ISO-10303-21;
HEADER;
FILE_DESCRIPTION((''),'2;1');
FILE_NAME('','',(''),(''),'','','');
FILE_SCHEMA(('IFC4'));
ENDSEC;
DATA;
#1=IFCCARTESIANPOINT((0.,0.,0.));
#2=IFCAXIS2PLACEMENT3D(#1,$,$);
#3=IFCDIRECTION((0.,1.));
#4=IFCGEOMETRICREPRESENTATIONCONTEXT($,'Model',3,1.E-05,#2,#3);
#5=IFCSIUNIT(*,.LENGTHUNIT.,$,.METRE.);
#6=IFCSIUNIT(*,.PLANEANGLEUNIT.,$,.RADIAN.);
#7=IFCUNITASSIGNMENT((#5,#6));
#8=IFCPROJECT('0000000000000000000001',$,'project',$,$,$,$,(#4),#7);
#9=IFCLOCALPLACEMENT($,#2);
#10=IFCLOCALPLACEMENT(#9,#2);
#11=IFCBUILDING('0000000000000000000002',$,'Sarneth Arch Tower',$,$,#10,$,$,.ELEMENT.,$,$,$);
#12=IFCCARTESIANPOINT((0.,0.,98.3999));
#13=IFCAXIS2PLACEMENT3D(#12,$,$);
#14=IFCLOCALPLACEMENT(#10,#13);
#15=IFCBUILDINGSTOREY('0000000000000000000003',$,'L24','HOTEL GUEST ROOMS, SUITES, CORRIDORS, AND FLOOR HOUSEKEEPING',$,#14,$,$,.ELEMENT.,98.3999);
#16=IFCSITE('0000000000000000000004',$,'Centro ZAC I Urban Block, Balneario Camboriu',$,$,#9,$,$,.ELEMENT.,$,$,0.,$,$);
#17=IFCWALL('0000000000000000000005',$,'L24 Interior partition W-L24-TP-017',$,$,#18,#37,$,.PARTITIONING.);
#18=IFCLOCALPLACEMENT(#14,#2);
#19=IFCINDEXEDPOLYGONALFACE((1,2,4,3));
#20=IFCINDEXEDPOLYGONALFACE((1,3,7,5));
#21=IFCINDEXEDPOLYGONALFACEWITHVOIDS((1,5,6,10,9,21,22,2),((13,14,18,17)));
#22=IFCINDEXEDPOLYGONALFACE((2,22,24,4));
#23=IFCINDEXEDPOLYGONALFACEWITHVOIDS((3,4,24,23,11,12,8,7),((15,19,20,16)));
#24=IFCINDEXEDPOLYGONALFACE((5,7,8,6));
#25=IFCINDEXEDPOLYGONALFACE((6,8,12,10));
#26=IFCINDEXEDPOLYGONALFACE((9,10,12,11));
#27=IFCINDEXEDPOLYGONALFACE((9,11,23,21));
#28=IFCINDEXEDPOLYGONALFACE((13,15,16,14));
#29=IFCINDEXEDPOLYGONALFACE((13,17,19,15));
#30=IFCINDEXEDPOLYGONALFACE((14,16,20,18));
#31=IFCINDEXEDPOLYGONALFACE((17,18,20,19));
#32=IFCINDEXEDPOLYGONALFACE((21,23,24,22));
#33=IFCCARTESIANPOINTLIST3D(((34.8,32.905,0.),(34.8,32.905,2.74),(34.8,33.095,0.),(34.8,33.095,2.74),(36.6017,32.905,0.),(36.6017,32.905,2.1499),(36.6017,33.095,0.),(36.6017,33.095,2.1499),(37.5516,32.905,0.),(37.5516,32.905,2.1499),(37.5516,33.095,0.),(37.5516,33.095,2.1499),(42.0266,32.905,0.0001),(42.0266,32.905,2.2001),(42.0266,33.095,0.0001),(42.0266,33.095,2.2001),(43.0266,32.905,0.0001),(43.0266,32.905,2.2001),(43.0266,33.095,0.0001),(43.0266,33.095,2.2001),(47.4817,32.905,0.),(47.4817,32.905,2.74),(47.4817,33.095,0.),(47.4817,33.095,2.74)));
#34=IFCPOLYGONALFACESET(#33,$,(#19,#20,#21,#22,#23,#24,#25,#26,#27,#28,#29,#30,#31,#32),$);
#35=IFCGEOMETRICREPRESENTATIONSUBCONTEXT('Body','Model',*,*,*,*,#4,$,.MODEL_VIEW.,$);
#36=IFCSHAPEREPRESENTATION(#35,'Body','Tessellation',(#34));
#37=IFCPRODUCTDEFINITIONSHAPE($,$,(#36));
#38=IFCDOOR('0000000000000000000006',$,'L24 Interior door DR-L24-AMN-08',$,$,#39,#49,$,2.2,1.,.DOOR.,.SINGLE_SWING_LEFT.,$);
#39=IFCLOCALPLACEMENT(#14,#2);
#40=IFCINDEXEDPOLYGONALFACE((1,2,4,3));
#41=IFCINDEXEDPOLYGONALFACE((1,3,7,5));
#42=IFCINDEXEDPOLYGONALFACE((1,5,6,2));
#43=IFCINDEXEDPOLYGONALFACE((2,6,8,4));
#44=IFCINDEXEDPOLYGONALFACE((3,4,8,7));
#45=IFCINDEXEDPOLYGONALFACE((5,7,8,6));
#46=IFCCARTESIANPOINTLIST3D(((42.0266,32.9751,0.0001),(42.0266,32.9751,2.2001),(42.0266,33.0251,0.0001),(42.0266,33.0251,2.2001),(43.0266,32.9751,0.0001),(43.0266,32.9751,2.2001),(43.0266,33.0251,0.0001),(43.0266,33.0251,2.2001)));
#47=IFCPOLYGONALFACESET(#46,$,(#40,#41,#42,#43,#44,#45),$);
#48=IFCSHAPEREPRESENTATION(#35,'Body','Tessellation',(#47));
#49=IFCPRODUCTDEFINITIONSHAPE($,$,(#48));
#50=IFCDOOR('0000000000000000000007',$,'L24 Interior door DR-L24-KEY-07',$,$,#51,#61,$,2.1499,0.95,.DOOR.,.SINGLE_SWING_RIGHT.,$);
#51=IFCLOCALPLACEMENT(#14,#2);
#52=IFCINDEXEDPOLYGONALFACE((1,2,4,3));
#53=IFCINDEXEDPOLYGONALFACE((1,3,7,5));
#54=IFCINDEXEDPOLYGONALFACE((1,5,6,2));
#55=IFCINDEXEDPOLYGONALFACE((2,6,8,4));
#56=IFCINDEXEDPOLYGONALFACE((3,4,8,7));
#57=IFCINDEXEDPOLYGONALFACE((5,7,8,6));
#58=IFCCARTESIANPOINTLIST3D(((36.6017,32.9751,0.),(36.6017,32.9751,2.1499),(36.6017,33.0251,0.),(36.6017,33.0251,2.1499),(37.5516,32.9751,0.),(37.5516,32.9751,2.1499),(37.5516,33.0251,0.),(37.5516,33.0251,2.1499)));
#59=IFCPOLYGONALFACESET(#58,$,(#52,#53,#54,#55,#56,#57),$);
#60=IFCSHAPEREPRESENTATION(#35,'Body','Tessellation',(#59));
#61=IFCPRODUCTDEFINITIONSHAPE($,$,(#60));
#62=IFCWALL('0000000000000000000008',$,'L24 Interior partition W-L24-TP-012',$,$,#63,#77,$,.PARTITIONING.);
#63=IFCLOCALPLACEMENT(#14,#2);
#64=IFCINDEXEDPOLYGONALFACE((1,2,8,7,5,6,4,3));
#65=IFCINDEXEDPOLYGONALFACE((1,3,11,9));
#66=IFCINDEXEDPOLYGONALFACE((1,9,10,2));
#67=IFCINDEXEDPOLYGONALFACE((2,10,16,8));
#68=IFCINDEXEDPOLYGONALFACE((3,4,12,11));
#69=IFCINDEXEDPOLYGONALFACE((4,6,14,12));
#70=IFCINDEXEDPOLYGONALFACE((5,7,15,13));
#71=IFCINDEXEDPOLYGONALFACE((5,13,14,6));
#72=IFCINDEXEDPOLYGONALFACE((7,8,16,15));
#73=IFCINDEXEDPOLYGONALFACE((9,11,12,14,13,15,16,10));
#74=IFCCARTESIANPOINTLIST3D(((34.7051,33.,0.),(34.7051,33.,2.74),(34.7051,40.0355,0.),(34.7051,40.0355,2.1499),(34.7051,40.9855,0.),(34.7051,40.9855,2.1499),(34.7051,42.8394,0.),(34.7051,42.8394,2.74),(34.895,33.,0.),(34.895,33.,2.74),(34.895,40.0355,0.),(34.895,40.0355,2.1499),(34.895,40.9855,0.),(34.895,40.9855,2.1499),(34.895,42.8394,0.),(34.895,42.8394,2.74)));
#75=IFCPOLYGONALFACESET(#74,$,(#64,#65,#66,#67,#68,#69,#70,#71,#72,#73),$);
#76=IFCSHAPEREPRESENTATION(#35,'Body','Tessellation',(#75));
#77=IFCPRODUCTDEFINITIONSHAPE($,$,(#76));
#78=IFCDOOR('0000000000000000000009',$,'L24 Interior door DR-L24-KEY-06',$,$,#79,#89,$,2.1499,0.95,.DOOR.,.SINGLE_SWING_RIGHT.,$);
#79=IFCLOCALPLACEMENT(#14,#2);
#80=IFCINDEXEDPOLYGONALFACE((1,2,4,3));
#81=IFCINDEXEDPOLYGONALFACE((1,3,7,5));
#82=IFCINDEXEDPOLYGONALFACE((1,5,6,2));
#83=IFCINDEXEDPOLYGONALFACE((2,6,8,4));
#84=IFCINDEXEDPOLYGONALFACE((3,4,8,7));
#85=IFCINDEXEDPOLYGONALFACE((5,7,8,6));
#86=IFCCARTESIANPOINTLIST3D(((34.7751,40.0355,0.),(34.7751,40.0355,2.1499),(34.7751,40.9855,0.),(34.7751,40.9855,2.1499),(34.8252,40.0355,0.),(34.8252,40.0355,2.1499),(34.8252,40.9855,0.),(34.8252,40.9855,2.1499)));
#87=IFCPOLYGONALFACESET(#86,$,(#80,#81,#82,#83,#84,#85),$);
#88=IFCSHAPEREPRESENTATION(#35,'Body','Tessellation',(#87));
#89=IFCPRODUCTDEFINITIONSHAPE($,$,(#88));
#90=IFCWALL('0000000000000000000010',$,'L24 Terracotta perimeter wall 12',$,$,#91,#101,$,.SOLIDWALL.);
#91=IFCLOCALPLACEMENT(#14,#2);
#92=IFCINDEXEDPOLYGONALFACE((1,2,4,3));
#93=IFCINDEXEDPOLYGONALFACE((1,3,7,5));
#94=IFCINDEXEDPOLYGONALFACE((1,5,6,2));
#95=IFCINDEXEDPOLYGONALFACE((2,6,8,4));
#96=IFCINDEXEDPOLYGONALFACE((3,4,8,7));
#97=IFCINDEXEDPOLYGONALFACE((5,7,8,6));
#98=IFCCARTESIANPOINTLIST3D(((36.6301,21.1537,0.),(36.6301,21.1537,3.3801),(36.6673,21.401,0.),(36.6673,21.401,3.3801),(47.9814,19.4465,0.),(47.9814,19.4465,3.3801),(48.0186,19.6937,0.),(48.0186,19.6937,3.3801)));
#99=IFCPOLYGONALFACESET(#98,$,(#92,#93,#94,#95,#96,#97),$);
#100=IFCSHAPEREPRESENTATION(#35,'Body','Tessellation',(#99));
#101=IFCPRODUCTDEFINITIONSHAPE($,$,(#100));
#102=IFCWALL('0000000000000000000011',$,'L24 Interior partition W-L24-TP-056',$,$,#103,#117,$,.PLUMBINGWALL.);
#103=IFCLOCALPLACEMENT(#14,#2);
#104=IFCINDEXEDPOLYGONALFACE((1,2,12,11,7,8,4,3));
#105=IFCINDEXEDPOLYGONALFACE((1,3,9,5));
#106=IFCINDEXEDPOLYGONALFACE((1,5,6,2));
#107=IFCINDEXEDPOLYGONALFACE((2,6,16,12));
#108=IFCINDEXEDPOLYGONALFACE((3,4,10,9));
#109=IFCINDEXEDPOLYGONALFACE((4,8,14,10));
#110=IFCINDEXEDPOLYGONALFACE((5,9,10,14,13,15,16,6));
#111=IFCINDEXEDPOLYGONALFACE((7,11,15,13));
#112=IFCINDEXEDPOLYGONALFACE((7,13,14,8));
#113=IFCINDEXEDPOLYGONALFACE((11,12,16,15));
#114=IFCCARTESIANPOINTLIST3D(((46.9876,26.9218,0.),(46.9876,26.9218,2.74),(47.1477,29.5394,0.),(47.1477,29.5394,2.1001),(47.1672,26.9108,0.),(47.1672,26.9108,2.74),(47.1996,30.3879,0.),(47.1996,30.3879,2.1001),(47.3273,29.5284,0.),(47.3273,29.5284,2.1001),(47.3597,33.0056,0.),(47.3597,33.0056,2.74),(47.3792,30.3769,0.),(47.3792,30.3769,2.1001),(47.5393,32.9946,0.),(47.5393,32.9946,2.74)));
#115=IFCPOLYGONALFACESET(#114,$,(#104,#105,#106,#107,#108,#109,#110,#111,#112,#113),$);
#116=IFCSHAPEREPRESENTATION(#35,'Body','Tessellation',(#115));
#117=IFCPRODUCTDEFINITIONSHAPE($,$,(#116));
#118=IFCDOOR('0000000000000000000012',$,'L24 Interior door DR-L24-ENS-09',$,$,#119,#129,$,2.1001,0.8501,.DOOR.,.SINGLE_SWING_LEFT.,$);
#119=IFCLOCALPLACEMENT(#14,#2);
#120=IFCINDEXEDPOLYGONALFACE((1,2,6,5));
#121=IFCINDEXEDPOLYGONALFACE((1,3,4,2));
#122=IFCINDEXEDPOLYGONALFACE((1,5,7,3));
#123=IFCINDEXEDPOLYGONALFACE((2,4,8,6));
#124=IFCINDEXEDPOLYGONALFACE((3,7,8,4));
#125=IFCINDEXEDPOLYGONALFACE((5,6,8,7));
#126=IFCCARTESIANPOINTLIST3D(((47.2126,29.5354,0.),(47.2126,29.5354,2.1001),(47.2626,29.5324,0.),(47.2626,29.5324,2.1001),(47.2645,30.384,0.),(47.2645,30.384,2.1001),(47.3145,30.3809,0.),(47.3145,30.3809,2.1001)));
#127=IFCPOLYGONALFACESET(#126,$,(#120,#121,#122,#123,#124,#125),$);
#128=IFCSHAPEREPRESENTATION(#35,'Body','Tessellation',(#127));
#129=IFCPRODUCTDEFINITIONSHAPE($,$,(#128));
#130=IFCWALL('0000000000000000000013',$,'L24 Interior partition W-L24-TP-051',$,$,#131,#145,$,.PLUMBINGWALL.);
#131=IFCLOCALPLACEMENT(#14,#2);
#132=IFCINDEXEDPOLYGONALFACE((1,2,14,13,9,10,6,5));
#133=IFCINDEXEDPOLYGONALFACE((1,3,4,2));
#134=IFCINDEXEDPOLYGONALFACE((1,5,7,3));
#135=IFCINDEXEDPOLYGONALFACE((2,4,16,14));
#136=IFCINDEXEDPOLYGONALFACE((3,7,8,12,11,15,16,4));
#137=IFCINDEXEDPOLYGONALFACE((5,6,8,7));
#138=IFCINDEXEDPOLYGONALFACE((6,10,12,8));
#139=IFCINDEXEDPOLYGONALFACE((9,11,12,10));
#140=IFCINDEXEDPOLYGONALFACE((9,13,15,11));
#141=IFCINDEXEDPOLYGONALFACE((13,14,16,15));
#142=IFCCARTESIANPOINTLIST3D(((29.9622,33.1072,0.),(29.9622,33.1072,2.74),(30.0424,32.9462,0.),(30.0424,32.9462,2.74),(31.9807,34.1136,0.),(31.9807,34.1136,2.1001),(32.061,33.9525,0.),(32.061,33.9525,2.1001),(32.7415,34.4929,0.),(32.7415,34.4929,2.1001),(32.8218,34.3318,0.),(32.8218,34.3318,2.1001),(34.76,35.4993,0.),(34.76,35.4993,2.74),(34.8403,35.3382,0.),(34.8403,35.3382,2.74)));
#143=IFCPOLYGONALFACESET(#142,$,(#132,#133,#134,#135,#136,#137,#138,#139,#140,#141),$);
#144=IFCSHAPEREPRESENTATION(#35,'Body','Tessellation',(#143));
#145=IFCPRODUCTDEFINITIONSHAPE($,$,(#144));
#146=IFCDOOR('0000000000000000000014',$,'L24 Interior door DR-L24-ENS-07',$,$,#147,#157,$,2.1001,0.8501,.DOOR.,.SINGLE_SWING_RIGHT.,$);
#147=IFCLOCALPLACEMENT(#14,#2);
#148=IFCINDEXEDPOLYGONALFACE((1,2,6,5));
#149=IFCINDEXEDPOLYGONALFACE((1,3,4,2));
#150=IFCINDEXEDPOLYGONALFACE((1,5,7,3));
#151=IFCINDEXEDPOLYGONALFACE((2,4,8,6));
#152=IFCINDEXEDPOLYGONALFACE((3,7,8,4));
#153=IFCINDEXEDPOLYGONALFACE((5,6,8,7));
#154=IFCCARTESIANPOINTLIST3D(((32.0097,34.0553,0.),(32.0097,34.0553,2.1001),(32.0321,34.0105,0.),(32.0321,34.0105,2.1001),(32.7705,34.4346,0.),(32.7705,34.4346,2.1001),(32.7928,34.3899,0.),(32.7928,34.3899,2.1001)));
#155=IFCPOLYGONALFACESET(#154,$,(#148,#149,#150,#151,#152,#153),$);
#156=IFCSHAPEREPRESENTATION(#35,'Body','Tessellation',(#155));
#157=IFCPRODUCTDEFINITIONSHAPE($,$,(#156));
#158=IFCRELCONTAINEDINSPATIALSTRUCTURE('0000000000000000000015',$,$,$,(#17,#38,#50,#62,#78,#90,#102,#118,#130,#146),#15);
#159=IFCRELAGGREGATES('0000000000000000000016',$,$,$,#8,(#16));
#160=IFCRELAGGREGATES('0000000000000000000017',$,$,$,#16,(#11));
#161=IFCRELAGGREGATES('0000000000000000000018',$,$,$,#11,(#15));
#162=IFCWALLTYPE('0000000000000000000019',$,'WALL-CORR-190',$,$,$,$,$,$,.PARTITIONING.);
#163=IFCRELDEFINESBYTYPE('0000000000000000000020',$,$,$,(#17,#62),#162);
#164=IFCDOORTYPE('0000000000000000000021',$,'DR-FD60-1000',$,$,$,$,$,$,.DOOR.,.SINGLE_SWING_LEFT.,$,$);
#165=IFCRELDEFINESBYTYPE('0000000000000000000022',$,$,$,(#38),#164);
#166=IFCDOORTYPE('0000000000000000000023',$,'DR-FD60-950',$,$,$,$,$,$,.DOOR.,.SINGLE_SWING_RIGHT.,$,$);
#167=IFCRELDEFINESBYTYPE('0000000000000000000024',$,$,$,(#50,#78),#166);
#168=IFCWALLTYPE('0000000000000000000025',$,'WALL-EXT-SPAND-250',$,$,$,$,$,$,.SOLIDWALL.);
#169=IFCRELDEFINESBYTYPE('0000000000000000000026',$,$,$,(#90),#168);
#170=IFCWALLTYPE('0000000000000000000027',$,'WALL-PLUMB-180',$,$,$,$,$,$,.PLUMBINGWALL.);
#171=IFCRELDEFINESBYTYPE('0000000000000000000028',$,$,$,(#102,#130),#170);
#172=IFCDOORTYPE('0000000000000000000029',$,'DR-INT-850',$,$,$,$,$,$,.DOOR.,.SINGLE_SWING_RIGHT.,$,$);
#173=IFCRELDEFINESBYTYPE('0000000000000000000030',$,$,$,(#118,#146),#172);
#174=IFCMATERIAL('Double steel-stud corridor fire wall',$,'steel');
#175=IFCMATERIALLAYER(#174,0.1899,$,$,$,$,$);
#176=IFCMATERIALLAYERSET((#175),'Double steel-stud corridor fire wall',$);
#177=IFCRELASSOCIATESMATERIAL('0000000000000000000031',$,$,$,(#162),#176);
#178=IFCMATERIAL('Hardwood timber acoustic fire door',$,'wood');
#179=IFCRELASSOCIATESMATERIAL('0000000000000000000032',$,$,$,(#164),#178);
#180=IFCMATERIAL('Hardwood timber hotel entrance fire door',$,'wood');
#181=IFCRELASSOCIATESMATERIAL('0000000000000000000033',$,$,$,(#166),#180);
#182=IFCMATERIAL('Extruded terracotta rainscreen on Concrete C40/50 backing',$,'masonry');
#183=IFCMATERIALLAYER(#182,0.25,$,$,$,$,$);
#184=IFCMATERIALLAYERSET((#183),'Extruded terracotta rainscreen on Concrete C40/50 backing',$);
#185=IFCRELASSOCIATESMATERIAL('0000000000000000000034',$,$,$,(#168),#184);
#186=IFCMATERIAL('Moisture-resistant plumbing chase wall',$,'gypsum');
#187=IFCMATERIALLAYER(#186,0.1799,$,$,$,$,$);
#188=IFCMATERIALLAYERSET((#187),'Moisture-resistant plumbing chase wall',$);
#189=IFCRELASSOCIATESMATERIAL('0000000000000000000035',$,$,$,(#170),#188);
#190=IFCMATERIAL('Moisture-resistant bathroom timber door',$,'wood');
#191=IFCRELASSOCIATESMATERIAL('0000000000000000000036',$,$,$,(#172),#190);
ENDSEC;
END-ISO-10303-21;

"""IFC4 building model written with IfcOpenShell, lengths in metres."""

from ifc_helpers import new_model, si_unit, direction, frame, frame_2d, origin, place, context, subcontext, project, spatial, rectangle, extrude, material, layer, layer_set, type_object, element, fill, save


model = new_model("IFC4")

# Units and contexts
model_context = context("Model", 3, precision=1e-05, world=origin(), true_north=direction((0.0, 1.0)))
body_context = subcontext(model_context, "Body", "Model", "MODEL_VIEW")
ifc_project = project(units=[si_unit("LENGTHUNIT", "METRE"), si_unit("PLANEANGLEUNIT", "RADIAN")], contexts=[model_context])

# Site, building, storey
site_placement = place(None, origin())
site = spatial("IfcSite", under=ifc_project, at=site_placement, Name="Centro ZAC I Urban Block, Balneario Camboriu", CompositionType="ELEMENT", RefElevation=0.0)
building_placement = place(site_placement, origin())
building = spatial("IfcBuilding", under=site, at=building_placement, Name="Sarneth Arch Tower", CompositionType="ELEMENT")
storey_placement = place(building_placement, frame((0.0, 0.0, 98.3999)))
storey = spatial("IfcBuildingStorey", under=building, at=storey_placement, Name="L24", Description="HOTEL GUEST ROOMS, SUITES, CORRIDORS, AND FLOOR HOUSEKEEPING", CompositionType="ELEMENT", Elevation=98.3999)

# Wall, openings, doors
ifc_material_1 = material(Name="Double steel-stud corridor fire wall", Category="steel")
ifc_layer_1 = layer(ifc_material_1, 0.1899)
ifc_layer_set_1 = layer_set([ifc_layer_1], Name="Double steel-stud corridor fire wall")
wall_type_1 = type_object("IfcWallType", Name="WALL-CORR-190", PredefinedType="PARTITIONING", material=ifc_layer_set_1)
wall_1_placement = place(storey_placement, frame((47.4817, 33.0, 0.0), z_axis=(0.0, 0.0, 1.0), x_axis=(-1.0, 0.0, 0.0)))
wall_1 = element("IfcWall", 1, at=wall_1_placement, inside=storey, type_object=wall_type_1, Name="L24 Interior partition W-L24-TP-017", PredefinedType="PARTITIONING", context=body_context, shape_type="SweptSolid", body=[
    extrude(rectangle(XDim=12.6816, YDim=0.1899, at=frame_2d((6.3408, 0.0))), origin(), (0.0, 0.0, 1.0), 2.74),
])
opening_1_placement = place(wall_1_placement, frame((4.4551, 0.0, 0.0)))
opening_1 = element("IfcOpeningElement", 2, at=opening_1_placement, cuts=wall_1, PredefinedType="OPENING", context=body_context, shape_type="SweptSolid", body=[
    extrude(rectangle(XDim=1.0, YDim=2.2, at=frame_2d((0.5, 1.1001))), frame((0.0, 0.105, 0.0), z_axis=(0.0, -1.0, 0.0), x_axis=(1.0, 0.0, 0.0)), (0.0, 0.0, 1.0), 0.21),
])
opening_2_placement = place(wall_1_placement, frame((9.9299, 0.0, 0.0)))
opening_2 = element("IfcOpeningElement", 3, at=opening_2_placement, cuts=wall_1, PredefinedType="OPENING", context=body_context, shape_type="SweptSolid", body=[
    extrude(rectangle(XDim=0.95, YDim=2.1499, at=frame_2d((0.4751, 1.075))), frame((0.0, 0.105, 0.0), z_axis=(0.0, -1.0, 0.0), x_axis=(1.0, 0.0, 0.0)), (0.0, 0.0, 1.0), 0.21),
])
ifc_material_2 = material(Name="Hardwood timber acoustic fire door", Category="wood")
door_type_1 = type_object("IfcDoorType", Name="DR-FD60-1000", OperationType="SINGLE_SWING_LEFT", PredefinedType="DOOR", material=ifc_material_2)
door_1_placement = place(opening_1_placement, origin())
door_1 = element("IfcDoor", 4, at=door_1_placement, inside=storey, type_object=door_type_1, Name="L24 Interior door DR-L24-AMN-08", OperationType="SINGLE_SWING_LEFT", OverallHeight=2.2, OverallWidth=1.0, PredefinedType="DOOR", context=body_context, shape_type="SweptSolid", body=[
    extrude(rectangle(XDim=1.0, YDim=2.2, at=frame_2d((0.5, 1.1001))), frame((0.0, 0.0249, 0.0), z_axis=(0.0, -1.0, 0.0), x_axis=(1.0, 0.0, 0.0)), (0.0, 0.0, 1.0), 0.05),
])
fill(opening_1, door_1)
ifc_material_3 = material(Name="Hardwood timber hotel entrance fire door", Category="wood")
door_type_2 = type_object("IfcDoorType", Name="DR-FD60-950", OperationType="SINGLE_SWING_RIGHT", PredefinedType="DOOR", material=ifc_material_3)
door_2_placement = place(opening_2_placement, origin())
door_2 = element("IfcDoor", 5, at=door_2_placement, inside=storey, type_object=door_type_2, Name="L24 Interior door DR-L24-KEY-07", OperationType="SINGLE_SWING_RIGHT", OverallHeight=2.1499, OverallWidth=0.95, PredefinedType="DOOR", context=body_context, shape_type="SweptSolid", body=[
    extrude(rectangle(XDim=0.95, YDim=2.1499, at=frame_2d((0.4751, 1.075))), frame((0.0, 0.0249, 0.0), z_axis=(0.0, -1.0, 0.0), x_axis=(1.0, 0.0, 0.0)), (0.0, 0.0, 1.0), 0.05),
])
fill(opening_2, door_2)

# Wall, opening, door
wall_2_placement = place(storey_placement, frame((34.8, 33.0, 0.0), z_axis=(0.0, 0.0, 1.0), x_axis=(0.0, 1.0, 0.0)))
wall_2 = element("IfcWall", 6, at=wall_2_placement, inside=storey, type_object=wall_type_1, Name="L24 Interior partition W-L24-TP-012", PredefinedType="PARTITIONING", context=body_context, shape_type="SweptSolid", body=[
    extrude(rectangle(XDim=9.8394, YDim=0.1899, at=frame_2d((4.9197, 0.0))), origin(), (0.0, 0.0, 1.0), 2.74),
])
opening_3_placement = place(wall_2_placement, frame((7.0354, 0.0, 0.0)))
opening_3 = element("IfcOpeningElement", 7, at=opening_3_placement, cuts=wall_2, PredefinedType="OPENING", context=body_context, shape_type="SweptSolid", body=[
    extrude(rectangle(XDim=0.95, YDim=2.1499, at=frame_2d((0.4751, 1.075))), frame((0.0, 0.105, 0.0), z_axis=(0.0, -1.0, 0.0), x_axis=(1.0, 0.0, 0.0)), (0.0, 0.0, 1.0), 0.21),
])
door_3_placement = place(opening_3_placement, origin())
door_3 = element("IfcDoor", 8, at=door_3_placement, inside=storey, type_object=door_type_2, Name="L24 Interior door DR-L24-KEY-06", OperationType="SINGLE_SWING_RIGHT", OverallHeight=2.1499, OverallWidth=0.95, PredefinedType="DOOR", context=body_context, shape_type="SweptSolid", body=[
    extrude(rectangle(XDim=0.95, YDim=2.1499, at=frame_2d((0.4751, 1.075))), frame((0.0, 0.0249, 0.0), z_axis=(0.0, -1.0, 0.0), x_axis=(1.0, 0.0, 0.0)), (0.0, 0.0, 1.0), 0.05),
])
fill(opening_3, door_3)

# Wall
ifc_material_4 = material(Name="Extruded terracotta rainscreen on Concrete C40/50 backing", Category="masonry")
ifc_layer_2 = layer(ifc_material_4, 0.25)
ifc_layer_set_2 = layer_set([ifc_layer_2], Name="Extruded terracotta rainscreen on Concrete C40/50 backing")
wall_type_2 = type_object("IfcWallType", Name="WALL-EXT-SPAND-250", PredefinedType="SOLIDWALL", material=ifc_layer_set_2)
wall_3_placement = place(storey_placement, frame((36.6487, 21.2773, 0.0), z_axis=(0.0, 0.0, 1.0), x_axis=(0.988878, -0.14873, 0.0)))
element("IfcWall", 9, at=wall_3_placement, inside=storey, type_object=wall_type_2, Name="L24 Terracotta perimeter wall 12", PredefinedType="SOLIDWALL", context=body_context, shape_type="SweptSolid", body=[
    extrude(rectangle(XDim=11.479, YDim=0.25, at=frame_2d((5.7395, 0.0))), origin(), (0.0, 0.0, 1.0), 3.3801),
])

# Walls, openings, doors
ifc_material_5 = material(Name="Moisture-resistant plumbing chase wall", Category="gypsum")
ifc_layer_3 = layer(ifc_material_5, 0.1799)
ifc_layer_set_3 = layer_set([ifc_layer_3], Name="Moisture-resistant plumbing chase wall")
wall_type_3 = type_object("IfcWallType", Name="WALL-PLUMB-180", PredefinedType="PLUMBINGWALL", material=ifc_layer_set_3)
wall_4_placement = place(storey_placement, frame((47.0774, 26.9163, 0.0), z_axis=(0.0, 0.0, 1.0), x_axis=(0.061044, 0.998135, 0.0)))
wall_4 = element("IfcWall", 10, at=wall_4_placement, inside=storey, type_object=wall_type_3, Name="L24 Interior partition W-L24-TP-056", PredefinedType="PLUMBINGWALL", context=body_context, shape_type="SweptSolid", body=[
    extrude(rectangle(XDim=6.0952, YDim=0.1799, at=frame_2d((3.0476, 0.0))), origin(), (0.0, 0.0, 1.0), 2.74),
])
opening_4_placement = place(wall_4_placement, frame((2.6226, 0.0, 0.0)))
opening_4 = element("IfcOpeningElement", 11, at=opening_4_placement, cuts=wall_4, PredefinedType="OPENING", context=body_context, shape_type="SweptSolid", body=[
    extrude(rectangle(XDim=0.8501, YDim=2.1001, at=frame_2d((0.425, 1.05))), frame((0.0, 0.0999, 0.0), z_axis=(0.0, -1.0, 0.0), x_axis=(1.0, 0.0, 0.0)), (0.0, 0.0, 1.0), 0.2),
])
ifc_material_6 = material(Name="Moisture-resistant bathroom timber door", Category="wood")
door_type_3 = type_object("IfcDoorType", Name="DR-INT-850", OperationType="SINGLE_SWING_RIGHT", PredefinedType="DOOR", material=ifc_material_6)
door_4_placement = place(opening_4_placement, origin())
door_4 = element("IfcDoor", 12, at=door_4_placement, inside=storey, type_object=door_type_3, Name="L24 Interior door DR-L24-ENS-09", OperationType="SINGLE_SWING_LEFT", OverallHeight=2.1001, OverallWidth=0.8501, PredefinedType="DOOR", context=body_context, shape_type="SweptSolid", body=[
    extrude(rectangle(XDim=0.8501, YDim=2.1001, at=frame_2d((0.425, 1.05))), frame((0.0, 0.0249, 0.0), z_axis=(0.0, -1.0, 0.0), x_axis=(1.0, 0.0, 0.0)), (0.0, 0.0, 1.0), 0.05),
])
fill(opening_4, door_4)
wall_5_placement = place(storey_placement, frame((30.0022, 33.0266, 0.0), z_axis=(0.0, 0.0, 1.0), x_axis=(0.894937, 0.446193, 0.0)))
wall_5 = element("IfcWall", 13, at=wall_5_placement, inside=storey, type_object=wall_type_3, Name="L24 Interior partition W-L24-TP-051", PredefinedType="PLUMBINGWALL", context=body_context, shape_type="SweptSolid", body=[
    extrude(rectangle(XDim=5.3611, YDim=0.1799, at=frame_2d((2.6807, 0.0))), origin(), (0.0, 0.0, 1.0), 2.74),
])
opening_5_placement = place(wall_5_placement, frame((2.2556, 0.0, 0.0)))
opening_5 = element("IfcOpeningElement", 14, at=opening_5_placement, cuts=wall_5, PredefinedType="OPENING", context=body_context, shape_type="SweptSolid", body=[
    extrude(rectangle(XDim=0.8501, YDim=2.1001, at=frame_2d((0.425, 1.05))), frame((0.0, 0.0999, 0.0), z_axis=(0.0, -1.0, 0.0), x_axis=(1.0, 0.0, 0.0)), (0.0, 0.0, 1.0), 0.2),
])
door_5_placement = place(opening_5_placement, origin())
door_5 = element("IfcDoor", 15, at=door_5_placement, inside=storey, type_object=door_type_3, Name="L24 Interior door DR-L24-ENS-07", OperationType="SINGLE_SWING_RIGHT", OverallHeight=2.1001, OverallWidth=0.8501, PredefinedType="DOOR", context=body_context, shape_type="SweptSolid", body=[
    extrude(rectangle(XDim=0.8501, YDim=2.1001, at=frame_2d((0.425, 1.05))), frame((0.0, 0.0249, 0.0), z_axis=(0.0, -1.0, 0.0), x_axis=(1.0, 0.0, 0.0)), (0.0, 0.0, 1.0), 0.05),
])
fill(opening_5, door_5)

save(model, "model.ifc")
